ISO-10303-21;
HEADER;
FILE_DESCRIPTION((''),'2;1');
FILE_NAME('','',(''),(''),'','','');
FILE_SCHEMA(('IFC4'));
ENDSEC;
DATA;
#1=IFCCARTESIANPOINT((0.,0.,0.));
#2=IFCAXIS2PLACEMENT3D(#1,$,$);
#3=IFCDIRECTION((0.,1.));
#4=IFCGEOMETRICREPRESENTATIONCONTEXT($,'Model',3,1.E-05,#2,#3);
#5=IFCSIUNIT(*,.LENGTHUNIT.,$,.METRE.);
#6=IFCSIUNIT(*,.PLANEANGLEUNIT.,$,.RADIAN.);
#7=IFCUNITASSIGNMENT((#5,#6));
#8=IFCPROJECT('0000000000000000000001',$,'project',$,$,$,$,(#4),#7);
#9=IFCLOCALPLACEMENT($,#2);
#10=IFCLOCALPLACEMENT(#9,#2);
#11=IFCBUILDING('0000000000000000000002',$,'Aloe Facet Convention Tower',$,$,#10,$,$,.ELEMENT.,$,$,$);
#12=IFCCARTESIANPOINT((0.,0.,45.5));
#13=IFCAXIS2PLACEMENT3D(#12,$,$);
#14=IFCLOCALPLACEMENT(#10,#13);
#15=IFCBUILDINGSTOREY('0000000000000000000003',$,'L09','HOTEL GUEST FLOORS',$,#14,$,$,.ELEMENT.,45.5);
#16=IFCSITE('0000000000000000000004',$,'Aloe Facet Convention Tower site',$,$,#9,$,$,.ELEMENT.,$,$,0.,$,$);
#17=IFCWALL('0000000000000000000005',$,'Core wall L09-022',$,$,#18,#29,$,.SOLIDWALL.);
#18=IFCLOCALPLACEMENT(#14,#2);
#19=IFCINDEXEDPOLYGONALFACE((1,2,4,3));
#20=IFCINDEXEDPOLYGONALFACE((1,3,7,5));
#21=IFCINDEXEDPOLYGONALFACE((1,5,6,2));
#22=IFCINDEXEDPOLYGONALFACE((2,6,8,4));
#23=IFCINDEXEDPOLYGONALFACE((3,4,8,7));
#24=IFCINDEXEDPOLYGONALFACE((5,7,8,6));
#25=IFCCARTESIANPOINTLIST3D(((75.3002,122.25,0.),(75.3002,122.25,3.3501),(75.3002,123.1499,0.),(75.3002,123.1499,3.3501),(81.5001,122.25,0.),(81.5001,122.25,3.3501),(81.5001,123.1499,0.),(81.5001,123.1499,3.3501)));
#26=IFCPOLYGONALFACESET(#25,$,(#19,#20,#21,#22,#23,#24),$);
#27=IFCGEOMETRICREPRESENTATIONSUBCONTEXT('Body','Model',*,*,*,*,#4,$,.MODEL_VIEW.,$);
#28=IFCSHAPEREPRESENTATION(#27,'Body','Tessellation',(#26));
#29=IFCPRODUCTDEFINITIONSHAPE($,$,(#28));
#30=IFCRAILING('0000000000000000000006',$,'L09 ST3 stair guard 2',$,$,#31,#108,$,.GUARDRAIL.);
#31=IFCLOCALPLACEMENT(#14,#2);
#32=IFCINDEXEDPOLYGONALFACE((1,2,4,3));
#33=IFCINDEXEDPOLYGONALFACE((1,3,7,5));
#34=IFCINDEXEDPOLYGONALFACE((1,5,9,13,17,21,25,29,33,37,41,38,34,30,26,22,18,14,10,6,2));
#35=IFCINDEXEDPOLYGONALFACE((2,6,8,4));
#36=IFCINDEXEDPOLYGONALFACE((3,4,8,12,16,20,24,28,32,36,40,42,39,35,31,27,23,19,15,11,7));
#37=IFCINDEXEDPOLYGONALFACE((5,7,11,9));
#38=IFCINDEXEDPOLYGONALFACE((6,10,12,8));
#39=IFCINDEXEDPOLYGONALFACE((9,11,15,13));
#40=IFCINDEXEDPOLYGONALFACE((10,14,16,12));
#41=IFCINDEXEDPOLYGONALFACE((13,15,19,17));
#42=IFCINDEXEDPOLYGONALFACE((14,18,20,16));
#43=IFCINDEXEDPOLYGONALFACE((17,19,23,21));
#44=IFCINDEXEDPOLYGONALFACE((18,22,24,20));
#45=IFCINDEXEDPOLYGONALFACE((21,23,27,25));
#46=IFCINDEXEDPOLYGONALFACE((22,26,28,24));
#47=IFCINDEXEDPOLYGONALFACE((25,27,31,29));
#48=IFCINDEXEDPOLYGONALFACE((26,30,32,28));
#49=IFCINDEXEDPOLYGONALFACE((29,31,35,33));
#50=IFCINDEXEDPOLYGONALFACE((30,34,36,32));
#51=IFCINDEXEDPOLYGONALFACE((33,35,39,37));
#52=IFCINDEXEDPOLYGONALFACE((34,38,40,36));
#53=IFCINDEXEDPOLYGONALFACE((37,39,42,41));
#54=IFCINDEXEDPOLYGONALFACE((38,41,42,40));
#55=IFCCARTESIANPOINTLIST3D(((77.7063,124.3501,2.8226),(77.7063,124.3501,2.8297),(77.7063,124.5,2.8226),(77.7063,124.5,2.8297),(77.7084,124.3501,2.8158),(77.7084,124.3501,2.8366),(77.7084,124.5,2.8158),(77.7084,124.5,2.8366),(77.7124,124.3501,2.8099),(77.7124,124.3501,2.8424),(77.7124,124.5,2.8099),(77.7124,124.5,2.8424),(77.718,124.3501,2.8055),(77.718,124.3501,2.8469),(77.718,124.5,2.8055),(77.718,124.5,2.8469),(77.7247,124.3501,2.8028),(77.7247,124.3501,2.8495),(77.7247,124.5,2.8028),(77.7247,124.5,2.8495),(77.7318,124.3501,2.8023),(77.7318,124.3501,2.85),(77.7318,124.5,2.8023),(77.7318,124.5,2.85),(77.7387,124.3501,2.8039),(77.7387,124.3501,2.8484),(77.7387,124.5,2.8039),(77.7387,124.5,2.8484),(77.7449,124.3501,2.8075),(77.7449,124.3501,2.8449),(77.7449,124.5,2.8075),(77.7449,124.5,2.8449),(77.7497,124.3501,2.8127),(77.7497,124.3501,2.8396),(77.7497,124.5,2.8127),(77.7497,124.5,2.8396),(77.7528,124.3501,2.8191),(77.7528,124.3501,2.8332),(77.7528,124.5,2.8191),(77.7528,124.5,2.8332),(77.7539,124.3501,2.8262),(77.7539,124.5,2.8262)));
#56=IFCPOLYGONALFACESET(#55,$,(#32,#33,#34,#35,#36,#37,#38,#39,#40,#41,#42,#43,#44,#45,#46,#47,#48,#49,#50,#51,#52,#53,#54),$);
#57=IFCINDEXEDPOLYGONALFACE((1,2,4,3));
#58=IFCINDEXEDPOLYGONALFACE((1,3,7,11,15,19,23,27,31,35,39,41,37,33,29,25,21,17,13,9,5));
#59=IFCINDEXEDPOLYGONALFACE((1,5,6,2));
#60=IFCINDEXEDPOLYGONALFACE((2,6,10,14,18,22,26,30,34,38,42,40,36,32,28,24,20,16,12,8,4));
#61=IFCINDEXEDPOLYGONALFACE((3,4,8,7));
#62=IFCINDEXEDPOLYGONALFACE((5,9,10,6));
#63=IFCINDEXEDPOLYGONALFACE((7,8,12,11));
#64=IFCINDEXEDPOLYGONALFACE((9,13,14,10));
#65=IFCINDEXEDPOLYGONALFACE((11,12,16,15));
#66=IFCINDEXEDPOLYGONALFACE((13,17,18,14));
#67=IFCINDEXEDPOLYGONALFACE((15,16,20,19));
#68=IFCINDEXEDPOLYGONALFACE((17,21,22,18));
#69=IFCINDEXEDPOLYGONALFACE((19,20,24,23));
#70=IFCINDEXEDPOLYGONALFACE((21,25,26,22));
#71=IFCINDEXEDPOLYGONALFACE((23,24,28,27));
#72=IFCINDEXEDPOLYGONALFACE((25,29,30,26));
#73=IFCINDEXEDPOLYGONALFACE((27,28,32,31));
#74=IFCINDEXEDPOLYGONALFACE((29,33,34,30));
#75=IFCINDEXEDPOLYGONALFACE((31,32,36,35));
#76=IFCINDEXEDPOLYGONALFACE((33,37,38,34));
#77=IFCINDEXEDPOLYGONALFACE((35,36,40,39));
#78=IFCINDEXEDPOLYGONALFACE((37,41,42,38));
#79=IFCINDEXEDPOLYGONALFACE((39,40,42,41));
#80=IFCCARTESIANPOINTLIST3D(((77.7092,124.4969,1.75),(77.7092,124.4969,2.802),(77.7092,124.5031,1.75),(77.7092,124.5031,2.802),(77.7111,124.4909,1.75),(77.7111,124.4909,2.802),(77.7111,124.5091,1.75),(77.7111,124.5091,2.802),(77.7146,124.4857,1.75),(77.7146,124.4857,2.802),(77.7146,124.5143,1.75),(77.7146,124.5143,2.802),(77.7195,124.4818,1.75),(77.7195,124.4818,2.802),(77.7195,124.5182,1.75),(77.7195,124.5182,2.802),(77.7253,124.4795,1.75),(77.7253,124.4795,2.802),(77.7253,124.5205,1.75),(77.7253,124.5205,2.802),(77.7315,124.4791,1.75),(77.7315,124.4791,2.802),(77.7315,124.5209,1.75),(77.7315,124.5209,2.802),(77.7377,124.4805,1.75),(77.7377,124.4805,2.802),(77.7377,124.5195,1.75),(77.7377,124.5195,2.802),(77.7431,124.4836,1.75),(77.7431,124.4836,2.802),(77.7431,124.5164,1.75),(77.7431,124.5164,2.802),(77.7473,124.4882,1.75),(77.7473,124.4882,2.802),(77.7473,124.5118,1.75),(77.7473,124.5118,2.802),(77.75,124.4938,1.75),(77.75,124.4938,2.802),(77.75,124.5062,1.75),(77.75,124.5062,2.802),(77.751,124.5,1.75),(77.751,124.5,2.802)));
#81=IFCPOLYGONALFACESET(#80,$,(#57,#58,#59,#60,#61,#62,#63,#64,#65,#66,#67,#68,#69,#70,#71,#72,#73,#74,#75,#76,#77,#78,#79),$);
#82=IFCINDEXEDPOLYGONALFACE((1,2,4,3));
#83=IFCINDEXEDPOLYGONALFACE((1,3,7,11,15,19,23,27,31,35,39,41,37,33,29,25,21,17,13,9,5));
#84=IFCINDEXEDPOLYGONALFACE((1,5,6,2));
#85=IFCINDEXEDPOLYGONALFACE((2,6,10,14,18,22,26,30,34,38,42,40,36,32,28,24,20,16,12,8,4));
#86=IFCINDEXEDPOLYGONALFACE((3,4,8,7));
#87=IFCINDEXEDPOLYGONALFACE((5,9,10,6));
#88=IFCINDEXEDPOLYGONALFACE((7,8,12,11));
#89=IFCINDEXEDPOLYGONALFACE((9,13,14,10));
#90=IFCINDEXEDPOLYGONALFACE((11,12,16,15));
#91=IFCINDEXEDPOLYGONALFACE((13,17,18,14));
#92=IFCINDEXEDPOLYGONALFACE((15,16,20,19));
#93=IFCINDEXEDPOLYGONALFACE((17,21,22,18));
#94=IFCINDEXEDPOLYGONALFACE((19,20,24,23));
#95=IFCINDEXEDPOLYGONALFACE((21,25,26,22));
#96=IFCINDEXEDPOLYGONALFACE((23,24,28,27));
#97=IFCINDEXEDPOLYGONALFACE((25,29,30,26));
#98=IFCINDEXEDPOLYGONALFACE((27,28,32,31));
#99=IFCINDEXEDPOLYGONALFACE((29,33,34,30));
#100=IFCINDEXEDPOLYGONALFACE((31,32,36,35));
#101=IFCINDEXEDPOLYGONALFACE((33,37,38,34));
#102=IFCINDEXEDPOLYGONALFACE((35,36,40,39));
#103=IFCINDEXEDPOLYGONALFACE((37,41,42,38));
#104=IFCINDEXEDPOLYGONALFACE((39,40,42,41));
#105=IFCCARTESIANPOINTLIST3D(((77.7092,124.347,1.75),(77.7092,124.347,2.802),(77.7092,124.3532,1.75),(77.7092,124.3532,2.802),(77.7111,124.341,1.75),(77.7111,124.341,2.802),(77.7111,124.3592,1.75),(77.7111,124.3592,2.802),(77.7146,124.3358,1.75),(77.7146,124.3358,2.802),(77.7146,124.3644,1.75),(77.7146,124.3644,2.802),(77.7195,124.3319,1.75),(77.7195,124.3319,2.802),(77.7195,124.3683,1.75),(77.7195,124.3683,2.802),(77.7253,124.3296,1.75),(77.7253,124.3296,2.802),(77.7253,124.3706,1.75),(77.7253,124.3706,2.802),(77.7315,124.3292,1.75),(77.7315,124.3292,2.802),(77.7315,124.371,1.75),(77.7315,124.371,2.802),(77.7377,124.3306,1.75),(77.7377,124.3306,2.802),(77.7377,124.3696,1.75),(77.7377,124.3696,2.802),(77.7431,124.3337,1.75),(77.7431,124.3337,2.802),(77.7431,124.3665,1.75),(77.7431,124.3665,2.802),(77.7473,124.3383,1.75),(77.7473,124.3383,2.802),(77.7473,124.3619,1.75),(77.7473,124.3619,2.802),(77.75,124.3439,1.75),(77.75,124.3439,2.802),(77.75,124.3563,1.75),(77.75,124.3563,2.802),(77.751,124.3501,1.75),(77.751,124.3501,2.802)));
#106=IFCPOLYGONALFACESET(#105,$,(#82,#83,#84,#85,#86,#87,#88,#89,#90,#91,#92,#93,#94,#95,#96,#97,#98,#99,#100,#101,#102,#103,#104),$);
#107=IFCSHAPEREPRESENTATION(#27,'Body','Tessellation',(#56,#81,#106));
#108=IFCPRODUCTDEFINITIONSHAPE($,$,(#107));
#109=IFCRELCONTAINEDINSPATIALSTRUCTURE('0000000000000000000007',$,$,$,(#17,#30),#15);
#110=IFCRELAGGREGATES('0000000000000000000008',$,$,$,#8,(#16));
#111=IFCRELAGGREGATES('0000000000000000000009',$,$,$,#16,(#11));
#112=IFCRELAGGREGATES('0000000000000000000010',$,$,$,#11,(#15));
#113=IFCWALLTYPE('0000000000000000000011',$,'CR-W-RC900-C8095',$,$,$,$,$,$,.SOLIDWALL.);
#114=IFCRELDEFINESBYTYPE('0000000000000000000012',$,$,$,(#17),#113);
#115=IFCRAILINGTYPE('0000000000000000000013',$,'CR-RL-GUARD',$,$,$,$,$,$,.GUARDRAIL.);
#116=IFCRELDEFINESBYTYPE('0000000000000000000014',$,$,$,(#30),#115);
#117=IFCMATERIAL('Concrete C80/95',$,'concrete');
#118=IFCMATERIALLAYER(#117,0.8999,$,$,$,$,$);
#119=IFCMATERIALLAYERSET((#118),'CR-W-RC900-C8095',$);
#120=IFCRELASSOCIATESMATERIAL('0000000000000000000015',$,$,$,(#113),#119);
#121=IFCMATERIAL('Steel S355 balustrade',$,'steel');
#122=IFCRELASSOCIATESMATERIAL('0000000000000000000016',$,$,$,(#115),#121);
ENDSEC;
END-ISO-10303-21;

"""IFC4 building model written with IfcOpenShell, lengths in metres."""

from ifc_helpers import new_model, si_unit, direction, frame, frame_2d, origin, origin_2d, place, context, subcontext, project, spatial, rectangle, circle, extrude, material, layer, layer_set, type_object, element, save


model = new_model("IFC4")

# Units and contexts
model_context = context("Model", 3, precision=1e-05, world=origin(), true_north=direction((0.0, 1.0)))
body_context = subcontext(model_context, "Body", "Model", "MODEL_VIEW")
ifc_project = project(units=[si_unit("LENGTHUNIT", "METRE"), si_unit("PLANEANGLEUNIT", "RADIAN")], contexts=[model_context])

# Site, building, storey
site_placement = place(None, origin())
site = spatial("IfcSite", under=ifc_project, at=site_placement, Name="Aloe Facet Convention Tower site", CompositionType="ELEMENT", RefElevation=0.0)
building_placement = place(site_placement, origin())
building = spatial("IfcBuilding", under=site, at=building_placement, Name="Aloe Facet Convention Tower", CompositionType="ELEMENT")
storey_placement = place(building_placement, frame((0.0, 0.0, 45.5)))
storey = spatial("IfcBuildingStorey", under=building, at=storey_placement, Name="L09", Description="HOTEL GUEST FLOORS", CompositionType="ELEMENT", Elevation=45.5)

# Shared definitions
ifc_material_1 = material(Name="Concrete C80/95", Category="concrete")
ifc_layer_1 = layer(ifc_material_1, 0.8999)
ifc_layer_set_1 = layer_set([ifc_layer_1], Name="CR-W-RC900-C8095")
wall_type_1 = type_object("IfcWallType", Name="CR-W-RC900-C8095", PredefinedType="SOLIDWALL", material=ifc_layer_set_1)

# Wall
wall_1_placement = place(storey_placement, frame((75.3, 122.7, 0.0), z_axis=(0.0, 0.0, 1.0), x_axis=(1.0, 0.0, 0.0)))
element("IfcWall", 1, at=wall_1_placement, inside=storey, type_object=wall_type_1, Name="Core wall L09-022", PredefinedType="SOLIDWALL", context=body_context, shape_type="SweptSolid", body=[
    extrude(rectangle(XDim=6.2, YDim=0.8999, at=frame_2d((3.1001, 0.0))), origin(), (0.0, 0.0, 1.0), 3.3501),
])

# Railing
ifc_material_2 = material(Name="Steel S355 balustrade", Category="steel")
railing_type = type_object("IfcRailingType", Name="CR-RL-GUARD", PredefinedType="GUARDRAIL", material=ifc_material_2)
railing_placement = place(storey_placement, frame((77.73, 124.5, 1.75)))
element("IfcRailing", 2, at=railing_placement, inside=storey, type_object=railing_type, Name="L09 ST3 stair guard 2", PredefinedType="GUARDRAIL", context=body_context, shape_type="SweptSolid", body=[
    extrude(circle(Radius=0.0239, at=origin_2d()), frame((0.0, 0.0, 1.0762), z_axis=(0.0, -1.0, 0.0), x_axis=(1.0, 0.0, 0.0)), (0.0, 0.0, 1.0), 0.1499),
    extrude(circle(Radius=0.021, at=origin_2d()), origin(), (0.0, 0.0, 1.0), 1.052),
    extrude(circle(Radius=0.021, at=origin_2d()), frame((0.0, -0.1499, 0.0)), (0.0, 0.0, 1.0), 1.052),
])

save(model, "model.ifc")
